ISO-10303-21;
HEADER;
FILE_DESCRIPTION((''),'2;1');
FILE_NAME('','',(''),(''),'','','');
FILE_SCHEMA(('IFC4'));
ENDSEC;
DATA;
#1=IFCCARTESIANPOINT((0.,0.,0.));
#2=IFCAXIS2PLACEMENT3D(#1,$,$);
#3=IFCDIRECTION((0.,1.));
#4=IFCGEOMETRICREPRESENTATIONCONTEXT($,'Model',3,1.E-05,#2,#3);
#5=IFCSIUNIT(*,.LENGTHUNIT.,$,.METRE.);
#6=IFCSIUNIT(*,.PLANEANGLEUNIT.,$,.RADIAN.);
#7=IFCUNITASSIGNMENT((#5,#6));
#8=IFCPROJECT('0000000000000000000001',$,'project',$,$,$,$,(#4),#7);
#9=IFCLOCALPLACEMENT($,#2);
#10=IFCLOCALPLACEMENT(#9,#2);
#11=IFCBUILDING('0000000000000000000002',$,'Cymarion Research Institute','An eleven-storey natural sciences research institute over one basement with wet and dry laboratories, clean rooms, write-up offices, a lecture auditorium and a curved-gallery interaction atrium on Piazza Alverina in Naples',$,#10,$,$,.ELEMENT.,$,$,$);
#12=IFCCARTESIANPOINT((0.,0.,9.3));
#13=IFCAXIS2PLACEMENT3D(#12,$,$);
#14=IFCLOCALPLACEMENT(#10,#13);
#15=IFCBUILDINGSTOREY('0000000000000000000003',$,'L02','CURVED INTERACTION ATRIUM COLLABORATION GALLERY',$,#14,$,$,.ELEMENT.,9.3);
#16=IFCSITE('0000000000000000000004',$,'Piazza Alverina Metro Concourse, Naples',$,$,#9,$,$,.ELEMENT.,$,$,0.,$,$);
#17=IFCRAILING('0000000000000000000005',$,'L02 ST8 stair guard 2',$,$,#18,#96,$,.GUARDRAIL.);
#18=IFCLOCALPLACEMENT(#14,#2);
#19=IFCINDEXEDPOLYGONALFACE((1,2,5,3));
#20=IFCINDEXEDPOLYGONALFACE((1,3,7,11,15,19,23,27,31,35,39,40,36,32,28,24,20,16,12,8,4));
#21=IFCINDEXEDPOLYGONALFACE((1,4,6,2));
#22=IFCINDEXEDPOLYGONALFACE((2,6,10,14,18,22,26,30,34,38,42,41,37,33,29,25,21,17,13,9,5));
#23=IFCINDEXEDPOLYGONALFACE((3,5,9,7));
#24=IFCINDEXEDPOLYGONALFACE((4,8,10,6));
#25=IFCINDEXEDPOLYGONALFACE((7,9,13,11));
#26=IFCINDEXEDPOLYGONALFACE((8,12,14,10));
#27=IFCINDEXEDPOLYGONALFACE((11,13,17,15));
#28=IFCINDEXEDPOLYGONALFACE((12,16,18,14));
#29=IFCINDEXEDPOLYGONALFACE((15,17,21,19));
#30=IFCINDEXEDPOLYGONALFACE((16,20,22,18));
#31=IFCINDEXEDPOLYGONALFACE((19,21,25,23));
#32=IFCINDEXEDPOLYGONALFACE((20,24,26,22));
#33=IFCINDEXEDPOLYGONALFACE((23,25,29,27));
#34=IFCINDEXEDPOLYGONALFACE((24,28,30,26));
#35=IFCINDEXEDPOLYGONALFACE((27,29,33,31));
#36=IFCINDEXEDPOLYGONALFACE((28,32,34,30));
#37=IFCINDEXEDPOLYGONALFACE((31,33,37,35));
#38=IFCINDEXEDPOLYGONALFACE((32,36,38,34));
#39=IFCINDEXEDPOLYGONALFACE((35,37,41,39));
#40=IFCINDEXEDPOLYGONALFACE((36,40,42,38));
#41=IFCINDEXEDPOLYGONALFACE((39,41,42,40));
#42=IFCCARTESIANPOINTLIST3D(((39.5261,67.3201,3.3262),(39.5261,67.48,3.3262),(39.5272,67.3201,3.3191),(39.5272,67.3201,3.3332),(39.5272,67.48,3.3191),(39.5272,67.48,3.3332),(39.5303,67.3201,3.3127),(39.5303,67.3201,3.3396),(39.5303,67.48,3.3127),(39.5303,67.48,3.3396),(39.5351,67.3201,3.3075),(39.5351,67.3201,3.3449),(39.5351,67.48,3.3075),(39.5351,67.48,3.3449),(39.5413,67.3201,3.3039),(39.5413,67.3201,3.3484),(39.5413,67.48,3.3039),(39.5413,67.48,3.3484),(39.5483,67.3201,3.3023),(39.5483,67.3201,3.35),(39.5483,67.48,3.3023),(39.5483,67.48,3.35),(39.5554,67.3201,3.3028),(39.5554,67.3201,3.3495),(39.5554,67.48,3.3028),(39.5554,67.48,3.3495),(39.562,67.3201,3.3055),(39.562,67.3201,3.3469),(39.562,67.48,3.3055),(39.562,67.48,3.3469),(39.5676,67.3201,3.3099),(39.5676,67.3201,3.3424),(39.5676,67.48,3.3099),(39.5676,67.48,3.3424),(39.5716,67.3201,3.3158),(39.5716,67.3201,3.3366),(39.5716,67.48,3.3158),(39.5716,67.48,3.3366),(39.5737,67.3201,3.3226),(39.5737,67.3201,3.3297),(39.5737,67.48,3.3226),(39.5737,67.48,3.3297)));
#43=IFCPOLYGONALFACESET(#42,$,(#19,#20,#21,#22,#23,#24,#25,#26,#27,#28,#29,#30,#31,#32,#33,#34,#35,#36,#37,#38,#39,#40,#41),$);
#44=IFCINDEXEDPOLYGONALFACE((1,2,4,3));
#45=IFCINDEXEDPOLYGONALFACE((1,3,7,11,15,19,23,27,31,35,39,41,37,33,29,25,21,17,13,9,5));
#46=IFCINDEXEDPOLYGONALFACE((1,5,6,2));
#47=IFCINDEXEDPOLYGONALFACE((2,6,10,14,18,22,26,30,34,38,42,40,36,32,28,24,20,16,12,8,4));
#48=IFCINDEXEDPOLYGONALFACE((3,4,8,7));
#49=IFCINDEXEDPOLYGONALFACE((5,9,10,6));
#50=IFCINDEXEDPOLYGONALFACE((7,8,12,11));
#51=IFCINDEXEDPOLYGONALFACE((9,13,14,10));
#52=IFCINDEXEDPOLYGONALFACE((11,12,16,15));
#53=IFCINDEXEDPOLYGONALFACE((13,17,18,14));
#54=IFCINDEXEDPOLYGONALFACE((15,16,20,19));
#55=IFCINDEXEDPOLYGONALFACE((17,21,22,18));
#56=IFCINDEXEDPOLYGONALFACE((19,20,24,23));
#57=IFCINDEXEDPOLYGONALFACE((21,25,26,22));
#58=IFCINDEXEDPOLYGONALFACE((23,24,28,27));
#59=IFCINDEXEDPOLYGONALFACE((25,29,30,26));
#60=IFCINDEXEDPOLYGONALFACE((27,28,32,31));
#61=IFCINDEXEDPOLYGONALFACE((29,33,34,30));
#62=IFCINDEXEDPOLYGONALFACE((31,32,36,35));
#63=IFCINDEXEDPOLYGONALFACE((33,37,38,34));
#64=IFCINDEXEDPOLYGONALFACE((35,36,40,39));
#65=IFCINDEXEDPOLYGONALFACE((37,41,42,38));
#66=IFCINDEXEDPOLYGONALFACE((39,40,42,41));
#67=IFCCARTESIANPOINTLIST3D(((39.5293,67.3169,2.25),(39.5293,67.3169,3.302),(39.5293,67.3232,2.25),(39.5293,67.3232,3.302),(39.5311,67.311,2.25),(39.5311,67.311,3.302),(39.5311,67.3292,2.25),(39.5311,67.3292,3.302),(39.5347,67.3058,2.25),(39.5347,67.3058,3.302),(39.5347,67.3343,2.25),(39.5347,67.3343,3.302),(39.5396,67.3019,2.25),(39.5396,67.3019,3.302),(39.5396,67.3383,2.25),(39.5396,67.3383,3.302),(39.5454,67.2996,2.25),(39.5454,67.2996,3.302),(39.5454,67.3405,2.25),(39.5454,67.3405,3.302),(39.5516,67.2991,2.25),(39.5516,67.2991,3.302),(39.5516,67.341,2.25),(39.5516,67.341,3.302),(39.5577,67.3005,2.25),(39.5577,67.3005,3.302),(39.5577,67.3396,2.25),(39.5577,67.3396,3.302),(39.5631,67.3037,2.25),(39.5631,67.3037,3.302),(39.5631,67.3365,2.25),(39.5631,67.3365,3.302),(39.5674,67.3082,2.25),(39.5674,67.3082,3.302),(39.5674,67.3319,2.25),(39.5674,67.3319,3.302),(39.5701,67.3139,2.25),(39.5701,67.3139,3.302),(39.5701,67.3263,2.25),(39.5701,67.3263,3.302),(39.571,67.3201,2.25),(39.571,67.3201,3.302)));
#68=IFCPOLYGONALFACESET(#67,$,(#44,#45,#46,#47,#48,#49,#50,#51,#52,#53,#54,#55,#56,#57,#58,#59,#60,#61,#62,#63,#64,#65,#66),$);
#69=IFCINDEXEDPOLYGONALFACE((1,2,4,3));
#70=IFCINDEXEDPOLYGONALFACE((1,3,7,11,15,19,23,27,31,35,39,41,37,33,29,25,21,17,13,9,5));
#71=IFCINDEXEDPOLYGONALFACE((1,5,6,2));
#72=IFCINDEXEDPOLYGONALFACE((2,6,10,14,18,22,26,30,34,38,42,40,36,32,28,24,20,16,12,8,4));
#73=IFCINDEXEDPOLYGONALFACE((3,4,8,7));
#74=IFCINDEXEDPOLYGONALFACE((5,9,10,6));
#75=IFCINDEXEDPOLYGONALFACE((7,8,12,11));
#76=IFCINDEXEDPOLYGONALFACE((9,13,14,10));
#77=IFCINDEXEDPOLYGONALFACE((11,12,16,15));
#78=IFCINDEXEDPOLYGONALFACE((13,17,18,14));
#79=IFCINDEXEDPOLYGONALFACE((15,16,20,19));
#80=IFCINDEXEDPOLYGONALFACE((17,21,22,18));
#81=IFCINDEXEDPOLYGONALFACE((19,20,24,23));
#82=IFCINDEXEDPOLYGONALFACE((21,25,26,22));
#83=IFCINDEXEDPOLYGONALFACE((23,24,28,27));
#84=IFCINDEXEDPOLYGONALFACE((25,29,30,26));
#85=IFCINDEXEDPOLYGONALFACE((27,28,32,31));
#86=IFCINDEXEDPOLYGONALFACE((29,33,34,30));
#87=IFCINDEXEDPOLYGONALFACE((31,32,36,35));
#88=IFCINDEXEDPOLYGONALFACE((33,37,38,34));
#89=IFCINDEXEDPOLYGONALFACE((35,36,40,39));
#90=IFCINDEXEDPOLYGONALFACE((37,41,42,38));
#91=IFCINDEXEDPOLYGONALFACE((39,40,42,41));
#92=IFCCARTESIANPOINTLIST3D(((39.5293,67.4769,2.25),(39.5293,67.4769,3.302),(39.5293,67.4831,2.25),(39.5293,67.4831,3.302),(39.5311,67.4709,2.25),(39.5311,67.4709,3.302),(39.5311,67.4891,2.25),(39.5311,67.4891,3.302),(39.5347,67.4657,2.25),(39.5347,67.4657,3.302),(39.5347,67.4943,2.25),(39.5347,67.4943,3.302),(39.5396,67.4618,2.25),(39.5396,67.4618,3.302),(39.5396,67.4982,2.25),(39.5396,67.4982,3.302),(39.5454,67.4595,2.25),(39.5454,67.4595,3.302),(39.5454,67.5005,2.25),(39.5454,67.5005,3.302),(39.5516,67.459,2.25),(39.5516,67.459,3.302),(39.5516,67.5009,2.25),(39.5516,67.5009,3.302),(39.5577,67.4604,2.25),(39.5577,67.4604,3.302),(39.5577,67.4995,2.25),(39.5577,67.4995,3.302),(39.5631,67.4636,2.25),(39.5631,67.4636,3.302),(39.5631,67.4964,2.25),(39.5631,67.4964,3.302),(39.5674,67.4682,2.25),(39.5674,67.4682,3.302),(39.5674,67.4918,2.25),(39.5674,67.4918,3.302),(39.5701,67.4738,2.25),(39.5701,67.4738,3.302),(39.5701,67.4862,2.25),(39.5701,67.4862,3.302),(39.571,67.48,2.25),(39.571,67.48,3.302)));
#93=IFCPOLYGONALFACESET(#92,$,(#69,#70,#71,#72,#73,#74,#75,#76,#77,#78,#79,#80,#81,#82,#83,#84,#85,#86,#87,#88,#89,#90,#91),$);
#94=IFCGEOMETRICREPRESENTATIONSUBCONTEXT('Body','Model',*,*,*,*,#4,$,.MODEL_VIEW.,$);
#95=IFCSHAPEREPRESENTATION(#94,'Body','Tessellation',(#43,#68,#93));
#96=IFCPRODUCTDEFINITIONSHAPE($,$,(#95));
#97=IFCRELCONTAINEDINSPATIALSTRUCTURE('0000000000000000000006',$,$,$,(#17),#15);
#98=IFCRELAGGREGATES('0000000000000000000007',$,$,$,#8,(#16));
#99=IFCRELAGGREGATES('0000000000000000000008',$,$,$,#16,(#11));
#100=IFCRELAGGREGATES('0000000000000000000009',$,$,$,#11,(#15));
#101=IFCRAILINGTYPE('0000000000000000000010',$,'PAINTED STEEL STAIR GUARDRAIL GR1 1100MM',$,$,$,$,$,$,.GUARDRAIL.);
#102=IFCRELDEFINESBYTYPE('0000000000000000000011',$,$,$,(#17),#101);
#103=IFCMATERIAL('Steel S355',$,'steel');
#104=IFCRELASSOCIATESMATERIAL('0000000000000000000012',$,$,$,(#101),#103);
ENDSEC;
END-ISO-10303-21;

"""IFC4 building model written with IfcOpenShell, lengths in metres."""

from ifc_helpers import new_model, si_unit, direction, frame, origin, origin_2d, place, context, subcontext, project, spatial, circle, extrude, material, type_object, element, save


model = new_model("IFC4")

# Units and contexts
model_context = context("Model", 3, precision=1e-05, world=origin(), true_north=direction((0.0, 1.0)))
body_context = subcontext(model_context, "Body", "Model", "MODEL_VIEW")
ifc_project = project(units=[si_unit("LENGTHUNIT", "METRE"), si_unit("PLANEANGLEUNIT", "RADIAN")], contexts=[model_context])

# Site, building, storey
site_placement = place(None, origin())
site = spatial("IfcSite", under=ifc_project, at=site_placement, Name="Piazza Alverina Metro Concourse, Naples", CompositionType="ELEMENT", RefElevation=0.0)
building_placement = place(site_placement, origin())
building = spatial("IfcBuilding", under=site, at=building_placement, Name="Cymarion Research Institute", Description="An eleven-storey natural sciences research institute over one basement with wet and dry laboratories, clean rooms, write-up offices, a lecture auditorium and a curved-gallery interaction atrium on Piazza Alverina in Naples", CompositionType="ELEMENT")
storey_placement = place(building_placement, frame((0.0, 0.0, 9.3)))
storey = spatial("IfcBuildingStorey", under=building, at=storey_placement, Name="L02", Description="CURVED INTERACTION ATRIUM COLLABORATION GALLERY", CompositionType="ELEMENT", Elevation=9.3)

# Shared definitions
ifc_material_1 = material(Name="Steel S355", Category="steel")

# Railing
railing_type_1 = type_object("IfcRailingType", Name="PAINTED STEEL STAIR GUARDRAIL GR1 1100MM", PredefinedType="GUARDRAIL", material=ifc_material_1)
railing_1_placement = place(storey_placement, frame((39.55, 67.3201, 2.25)))
element("IfcRailing", 1, at=railing_1_placement, inside=storey, type_object=railing_type_1, Name="L02 ST8 stair guard 2", PredefinedType="GUARDRAIL", context=body_context, shape_type="SweptSolid", body=[
    extrude(circle(Radius=0.0239, at=origin_2d()), frame((0.0, 0.0, 1.0762), z_axis=(0.0, 1.0, 0.0), x_axis=(-1.0, 0.0, 0.0)), (0.0, 0.0, 1.0), 0.1599),
    extrude(circle(Radius=0.021, at=origin_2d()), origin(), (0.0, 0.0, 1.0), 1.052),
    extrude(circle(Radius=0.021, at=origin_2d()), frame((0.0, 0.1599, 0.0)), (0.0, 0.0, 1.0), 1.052),
])

save(model, "model.ifc")
